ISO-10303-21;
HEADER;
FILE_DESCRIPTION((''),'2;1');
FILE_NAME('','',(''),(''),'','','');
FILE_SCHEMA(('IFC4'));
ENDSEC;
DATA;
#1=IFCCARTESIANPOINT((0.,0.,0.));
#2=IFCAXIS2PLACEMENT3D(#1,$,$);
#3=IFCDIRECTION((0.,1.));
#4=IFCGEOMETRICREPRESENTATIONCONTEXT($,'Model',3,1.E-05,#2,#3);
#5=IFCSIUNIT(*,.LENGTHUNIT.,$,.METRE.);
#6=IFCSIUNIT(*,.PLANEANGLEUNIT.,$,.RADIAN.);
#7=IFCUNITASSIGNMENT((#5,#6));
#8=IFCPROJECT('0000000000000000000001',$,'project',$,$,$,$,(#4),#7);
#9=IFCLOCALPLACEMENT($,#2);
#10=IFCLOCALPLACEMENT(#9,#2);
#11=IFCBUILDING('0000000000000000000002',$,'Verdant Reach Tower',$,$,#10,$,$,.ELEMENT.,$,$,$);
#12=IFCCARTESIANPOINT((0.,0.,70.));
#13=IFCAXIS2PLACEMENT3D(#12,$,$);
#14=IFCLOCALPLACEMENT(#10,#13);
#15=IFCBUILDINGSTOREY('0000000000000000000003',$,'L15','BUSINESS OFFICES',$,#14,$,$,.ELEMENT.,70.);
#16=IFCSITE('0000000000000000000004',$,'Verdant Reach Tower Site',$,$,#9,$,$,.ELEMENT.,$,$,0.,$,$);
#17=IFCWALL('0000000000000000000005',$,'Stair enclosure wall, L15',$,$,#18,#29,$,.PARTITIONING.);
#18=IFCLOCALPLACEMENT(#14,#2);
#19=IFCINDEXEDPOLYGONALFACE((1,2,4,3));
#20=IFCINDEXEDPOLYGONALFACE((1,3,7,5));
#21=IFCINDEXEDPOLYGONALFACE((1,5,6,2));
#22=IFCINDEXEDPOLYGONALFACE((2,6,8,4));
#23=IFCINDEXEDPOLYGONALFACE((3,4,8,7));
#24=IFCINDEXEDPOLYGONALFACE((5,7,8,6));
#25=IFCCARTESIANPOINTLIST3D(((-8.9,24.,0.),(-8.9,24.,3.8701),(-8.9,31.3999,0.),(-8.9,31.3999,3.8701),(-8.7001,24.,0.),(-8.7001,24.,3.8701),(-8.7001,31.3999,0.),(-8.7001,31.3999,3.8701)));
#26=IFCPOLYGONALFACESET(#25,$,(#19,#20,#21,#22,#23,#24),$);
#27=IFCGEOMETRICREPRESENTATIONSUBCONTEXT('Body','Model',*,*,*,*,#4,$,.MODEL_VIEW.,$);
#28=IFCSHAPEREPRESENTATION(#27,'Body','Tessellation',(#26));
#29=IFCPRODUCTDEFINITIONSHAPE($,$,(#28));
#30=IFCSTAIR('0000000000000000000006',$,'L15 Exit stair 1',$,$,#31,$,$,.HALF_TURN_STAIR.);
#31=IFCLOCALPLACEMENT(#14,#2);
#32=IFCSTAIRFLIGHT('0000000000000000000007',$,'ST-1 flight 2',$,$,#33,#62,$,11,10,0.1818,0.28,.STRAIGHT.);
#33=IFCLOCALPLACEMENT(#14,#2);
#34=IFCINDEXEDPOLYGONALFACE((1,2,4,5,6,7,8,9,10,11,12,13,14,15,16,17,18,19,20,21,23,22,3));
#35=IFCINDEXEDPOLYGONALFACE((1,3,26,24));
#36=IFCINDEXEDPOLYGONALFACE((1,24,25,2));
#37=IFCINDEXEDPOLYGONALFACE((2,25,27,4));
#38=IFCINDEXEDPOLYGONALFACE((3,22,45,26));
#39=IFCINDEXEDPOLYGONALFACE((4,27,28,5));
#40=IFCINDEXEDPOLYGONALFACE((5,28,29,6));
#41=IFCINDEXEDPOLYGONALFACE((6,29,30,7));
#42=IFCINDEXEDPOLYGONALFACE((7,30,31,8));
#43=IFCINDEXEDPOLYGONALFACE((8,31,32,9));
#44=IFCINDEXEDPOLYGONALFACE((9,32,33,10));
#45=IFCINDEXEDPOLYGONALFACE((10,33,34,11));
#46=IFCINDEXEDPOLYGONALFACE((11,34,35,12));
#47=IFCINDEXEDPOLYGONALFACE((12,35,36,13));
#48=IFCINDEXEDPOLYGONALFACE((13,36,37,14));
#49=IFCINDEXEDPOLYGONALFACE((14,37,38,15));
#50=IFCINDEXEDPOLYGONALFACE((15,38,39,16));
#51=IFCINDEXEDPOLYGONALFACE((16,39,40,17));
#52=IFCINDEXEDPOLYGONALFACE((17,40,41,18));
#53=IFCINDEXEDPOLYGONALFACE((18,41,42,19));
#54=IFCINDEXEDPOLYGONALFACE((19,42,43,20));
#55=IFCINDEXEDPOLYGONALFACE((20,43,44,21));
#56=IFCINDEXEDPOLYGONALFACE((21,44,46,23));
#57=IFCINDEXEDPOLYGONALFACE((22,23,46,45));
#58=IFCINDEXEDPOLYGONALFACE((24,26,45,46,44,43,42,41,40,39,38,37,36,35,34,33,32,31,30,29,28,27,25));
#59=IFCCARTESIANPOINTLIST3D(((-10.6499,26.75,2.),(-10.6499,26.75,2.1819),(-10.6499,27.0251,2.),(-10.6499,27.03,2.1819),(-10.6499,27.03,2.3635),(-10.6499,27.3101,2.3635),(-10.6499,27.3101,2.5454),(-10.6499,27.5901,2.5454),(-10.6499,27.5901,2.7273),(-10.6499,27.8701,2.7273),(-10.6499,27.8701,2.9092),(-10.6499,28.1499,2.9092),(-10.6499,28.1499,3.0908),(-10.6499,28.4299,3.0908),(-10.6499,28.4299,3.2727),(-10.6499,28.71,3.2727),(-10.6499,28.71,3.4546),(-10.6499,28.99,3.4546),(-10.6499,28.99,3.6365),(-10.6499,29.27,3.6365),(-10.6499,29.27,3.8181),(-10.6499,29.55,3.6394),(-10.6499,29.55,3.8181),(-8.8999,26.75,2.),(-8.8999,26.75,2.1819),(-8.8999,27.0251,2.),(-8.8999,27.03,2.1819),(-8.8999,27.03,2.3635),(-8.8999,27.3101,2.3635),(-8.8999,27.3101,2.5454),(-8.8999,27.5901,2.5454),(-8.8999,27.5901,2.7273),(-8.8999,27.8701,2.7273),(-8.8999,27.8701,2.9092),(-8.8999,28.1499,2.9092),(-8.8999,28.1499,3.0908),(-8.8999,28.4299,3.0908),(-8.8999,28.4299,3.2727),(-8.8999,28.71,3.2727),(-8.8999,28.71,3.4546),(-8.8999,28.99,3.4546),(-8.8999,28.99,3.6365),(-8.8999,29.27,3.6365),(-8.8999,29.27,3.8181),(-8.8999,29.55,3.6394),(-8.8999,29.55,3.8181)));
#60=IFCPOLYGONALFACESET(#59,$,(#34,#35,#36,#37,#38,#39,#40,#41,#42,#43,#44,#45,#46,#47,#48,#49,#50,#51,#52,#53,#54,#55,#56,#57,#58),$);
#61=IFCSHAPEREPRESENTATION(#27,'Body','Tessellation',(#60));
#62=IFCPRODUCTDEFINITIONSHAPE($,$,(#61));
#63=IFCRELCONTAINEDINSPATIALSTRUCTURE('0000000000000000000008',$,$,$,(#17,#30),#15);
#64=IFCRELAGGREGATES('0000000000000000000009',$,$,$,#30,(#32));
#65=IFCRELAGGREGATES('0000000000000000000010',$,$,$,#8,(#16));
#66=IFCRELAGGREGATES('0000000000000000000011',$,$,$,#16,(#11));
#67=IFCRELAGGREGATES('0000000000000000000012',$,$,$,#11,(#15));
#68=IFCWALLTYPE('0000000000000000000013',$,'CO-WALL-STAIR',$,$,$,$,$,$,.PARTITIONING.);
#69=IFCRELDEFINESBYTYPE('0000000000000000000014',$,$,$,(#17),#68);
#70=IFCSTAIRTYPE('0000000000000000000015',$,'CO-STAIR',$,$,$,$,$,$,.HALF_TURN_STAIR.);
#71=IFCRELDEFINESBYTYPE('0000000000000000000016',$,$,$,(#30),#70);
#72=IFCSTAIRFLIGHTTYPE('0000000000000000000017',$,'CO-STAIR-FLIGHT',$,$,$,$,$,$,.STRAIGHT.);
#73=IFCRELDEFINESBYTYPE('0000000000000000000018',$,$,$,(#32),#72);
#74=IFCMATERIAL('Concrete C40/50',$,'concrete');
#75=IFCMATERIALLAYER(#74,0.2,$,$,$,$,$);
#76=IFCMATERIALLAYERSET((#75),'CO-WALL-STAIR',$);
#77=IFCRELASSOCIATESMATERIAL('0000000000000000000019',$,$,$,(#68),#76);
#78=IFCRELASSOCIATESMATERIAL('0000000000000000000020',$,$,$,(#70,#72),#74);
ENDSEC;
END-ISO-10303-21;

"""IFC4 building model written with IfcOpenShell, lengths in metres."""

from ifc_helpers import new_model, si_unit, direction, frame, frame_2d, origin, place, context, subcontext, project, spatial, polyline, rectangle, outline, extrude, material, layer, layer_set, type_object, element, aggregate, save


model = new_model("IFC4")

# Units and contexts
model_context = context("Model", 3, precision=1e-05, world=origin(), true_north=direction((0.0, 1.0)))
body_context = subcontext(model_context, "Body", "Model", "MODEL_VIEW")
ifc_project = project(units=[si_unit("LENGTHUNIT", "METRE"), si_unit("PLANEANGLEUNIT", "RADIAN")], contexts=[model_context])

# Site, building, storey
site_placement = place(None, origin())
site = spatial("IfcSite", under=ifc_project, at=site_placement, Name="Verdant Reach Tower Site", CompositionType="ELEMENT", RefElevation=0.0)
building_placement = place(site_placement, origin())
building = spatial("IfcBuilding", under=site, at=building_placement, Name="Verdant Reach Tower", CompositionType="ELEMENT")
storey_placement = place(building_placement, frame((0.0, 0.0, 70.0)))
storey = spatial("IfcBuildingStorey", under=building, at=storey_placement, Name="L15", Description="BUSINESS OFFICES", CompositionType="ELEMENT", Elevation=70.0)

# Shared definitions
ifc_material_1 = material(Name="Concrete C40/50", Category="concrete")

# Shared definitions
ifc_layer_1 = layer(ifc_material_1, 0.2)
ifc_layer_set_1 = layer_set([ifc_layer_1], Name="CO-WALL-STAIR")
wall_type_1 = type_object("IfcWallType", Name="CO-WALL-STAIR", PredefinedType="PARTITIONING", material=ifc_layer_set_1)

# Wall
wall_1_placement = place(storey_placement, frame((-8.8, 24.0, 0.0), z_axis=(0.0, 0.0, 1.0), x_axis=(0.0, 1.0, 0.0)))
element("IfcWall", 1, at=wall_1_placement, inside=storey, type_object=wall_type_1, Name="Stair enclosure wall, L15", PredefinedType="PARTITIONING", context=body_context, shape_type="SweptSolid", body=[
    extrude(rectangle(XDim=7.3999, YDim=0.2, at=frame_2d((3.7, 0.0))), origin(), (0.0, 0.0, 1.0), 3.8701),
])

# Stair, stair flight
stair_type = type_object("IfcStairType", Name="CO-STAIR", PredefinedType="HALF_TURN_STAIR", material=ifc_material_1)
stair_placement = place(storey_placement, origin())
stair = element("IfcStair", 2, at=stair_placement, inside=storey, type_object=stair_type, Name="L15 Exit stair 1", PredefinedType="HALF_TURN_STAIR")
stair_flight_type = type_object("IfcStairFlightType", Name="CO-STAIR-FLIGHT", PredefinedType="STRAIGHT", material=ifc_material_1)
stair_flight_placement = place(storey_placement, frame((-9.7749, 26.75, 2.0), z_axis=(0.0, 0.0, 1.0), x_axis=(0.0, 1.0, 0.0)))
stair_flight = element("IfcStairFlight", 3, at=stair_flight_placement, type_object=stair_flight_type, Name="ST-1 flight 2", NumberOfRisers=11, NumberOfTreads=10, PredefinedType="STRAIGHT", RiserHeight=0.1818, TreadLength=0.28, context=body_context, shape_type="SweptSolid", body=[
    extrude(outline(polyline([(0.0, 0.0), (0.0, 0.1819), (0.28, 0.1819), (0.28, 0.3635), (0.5601, 0.3635), (0.5601, 0.5454), (0.8401, 0.5454), (0.8401, 0.7273), (1.1201, 0.7273), (1.1201, 0.9092), (1.3999, 0.9092), (1.3999, 1.0908), (1.6799, 1.0908), (1.6799, 1.2727), (1.96, 1.2727), (1.96, 1.4546), (2.24, 1.4546), (2.24, 1.6365), (2.52, 1.6365), (2.52, 1.8181), (2.8, 1.8181), (2.8, 2.0), (2.8, 1.6394), (0.2751, 0.0), (0.0, 0.0)])), frame((0.0, 0.875, 0.0), z_axis=(0.0, -1.0, 0.0), x_axis=(1.0, 0.0, 0.0)), (0.0, 0.0, 1.0), 1.75),
])
aggregate(stair, [stair_flight])

save(model, "model.ifc")
